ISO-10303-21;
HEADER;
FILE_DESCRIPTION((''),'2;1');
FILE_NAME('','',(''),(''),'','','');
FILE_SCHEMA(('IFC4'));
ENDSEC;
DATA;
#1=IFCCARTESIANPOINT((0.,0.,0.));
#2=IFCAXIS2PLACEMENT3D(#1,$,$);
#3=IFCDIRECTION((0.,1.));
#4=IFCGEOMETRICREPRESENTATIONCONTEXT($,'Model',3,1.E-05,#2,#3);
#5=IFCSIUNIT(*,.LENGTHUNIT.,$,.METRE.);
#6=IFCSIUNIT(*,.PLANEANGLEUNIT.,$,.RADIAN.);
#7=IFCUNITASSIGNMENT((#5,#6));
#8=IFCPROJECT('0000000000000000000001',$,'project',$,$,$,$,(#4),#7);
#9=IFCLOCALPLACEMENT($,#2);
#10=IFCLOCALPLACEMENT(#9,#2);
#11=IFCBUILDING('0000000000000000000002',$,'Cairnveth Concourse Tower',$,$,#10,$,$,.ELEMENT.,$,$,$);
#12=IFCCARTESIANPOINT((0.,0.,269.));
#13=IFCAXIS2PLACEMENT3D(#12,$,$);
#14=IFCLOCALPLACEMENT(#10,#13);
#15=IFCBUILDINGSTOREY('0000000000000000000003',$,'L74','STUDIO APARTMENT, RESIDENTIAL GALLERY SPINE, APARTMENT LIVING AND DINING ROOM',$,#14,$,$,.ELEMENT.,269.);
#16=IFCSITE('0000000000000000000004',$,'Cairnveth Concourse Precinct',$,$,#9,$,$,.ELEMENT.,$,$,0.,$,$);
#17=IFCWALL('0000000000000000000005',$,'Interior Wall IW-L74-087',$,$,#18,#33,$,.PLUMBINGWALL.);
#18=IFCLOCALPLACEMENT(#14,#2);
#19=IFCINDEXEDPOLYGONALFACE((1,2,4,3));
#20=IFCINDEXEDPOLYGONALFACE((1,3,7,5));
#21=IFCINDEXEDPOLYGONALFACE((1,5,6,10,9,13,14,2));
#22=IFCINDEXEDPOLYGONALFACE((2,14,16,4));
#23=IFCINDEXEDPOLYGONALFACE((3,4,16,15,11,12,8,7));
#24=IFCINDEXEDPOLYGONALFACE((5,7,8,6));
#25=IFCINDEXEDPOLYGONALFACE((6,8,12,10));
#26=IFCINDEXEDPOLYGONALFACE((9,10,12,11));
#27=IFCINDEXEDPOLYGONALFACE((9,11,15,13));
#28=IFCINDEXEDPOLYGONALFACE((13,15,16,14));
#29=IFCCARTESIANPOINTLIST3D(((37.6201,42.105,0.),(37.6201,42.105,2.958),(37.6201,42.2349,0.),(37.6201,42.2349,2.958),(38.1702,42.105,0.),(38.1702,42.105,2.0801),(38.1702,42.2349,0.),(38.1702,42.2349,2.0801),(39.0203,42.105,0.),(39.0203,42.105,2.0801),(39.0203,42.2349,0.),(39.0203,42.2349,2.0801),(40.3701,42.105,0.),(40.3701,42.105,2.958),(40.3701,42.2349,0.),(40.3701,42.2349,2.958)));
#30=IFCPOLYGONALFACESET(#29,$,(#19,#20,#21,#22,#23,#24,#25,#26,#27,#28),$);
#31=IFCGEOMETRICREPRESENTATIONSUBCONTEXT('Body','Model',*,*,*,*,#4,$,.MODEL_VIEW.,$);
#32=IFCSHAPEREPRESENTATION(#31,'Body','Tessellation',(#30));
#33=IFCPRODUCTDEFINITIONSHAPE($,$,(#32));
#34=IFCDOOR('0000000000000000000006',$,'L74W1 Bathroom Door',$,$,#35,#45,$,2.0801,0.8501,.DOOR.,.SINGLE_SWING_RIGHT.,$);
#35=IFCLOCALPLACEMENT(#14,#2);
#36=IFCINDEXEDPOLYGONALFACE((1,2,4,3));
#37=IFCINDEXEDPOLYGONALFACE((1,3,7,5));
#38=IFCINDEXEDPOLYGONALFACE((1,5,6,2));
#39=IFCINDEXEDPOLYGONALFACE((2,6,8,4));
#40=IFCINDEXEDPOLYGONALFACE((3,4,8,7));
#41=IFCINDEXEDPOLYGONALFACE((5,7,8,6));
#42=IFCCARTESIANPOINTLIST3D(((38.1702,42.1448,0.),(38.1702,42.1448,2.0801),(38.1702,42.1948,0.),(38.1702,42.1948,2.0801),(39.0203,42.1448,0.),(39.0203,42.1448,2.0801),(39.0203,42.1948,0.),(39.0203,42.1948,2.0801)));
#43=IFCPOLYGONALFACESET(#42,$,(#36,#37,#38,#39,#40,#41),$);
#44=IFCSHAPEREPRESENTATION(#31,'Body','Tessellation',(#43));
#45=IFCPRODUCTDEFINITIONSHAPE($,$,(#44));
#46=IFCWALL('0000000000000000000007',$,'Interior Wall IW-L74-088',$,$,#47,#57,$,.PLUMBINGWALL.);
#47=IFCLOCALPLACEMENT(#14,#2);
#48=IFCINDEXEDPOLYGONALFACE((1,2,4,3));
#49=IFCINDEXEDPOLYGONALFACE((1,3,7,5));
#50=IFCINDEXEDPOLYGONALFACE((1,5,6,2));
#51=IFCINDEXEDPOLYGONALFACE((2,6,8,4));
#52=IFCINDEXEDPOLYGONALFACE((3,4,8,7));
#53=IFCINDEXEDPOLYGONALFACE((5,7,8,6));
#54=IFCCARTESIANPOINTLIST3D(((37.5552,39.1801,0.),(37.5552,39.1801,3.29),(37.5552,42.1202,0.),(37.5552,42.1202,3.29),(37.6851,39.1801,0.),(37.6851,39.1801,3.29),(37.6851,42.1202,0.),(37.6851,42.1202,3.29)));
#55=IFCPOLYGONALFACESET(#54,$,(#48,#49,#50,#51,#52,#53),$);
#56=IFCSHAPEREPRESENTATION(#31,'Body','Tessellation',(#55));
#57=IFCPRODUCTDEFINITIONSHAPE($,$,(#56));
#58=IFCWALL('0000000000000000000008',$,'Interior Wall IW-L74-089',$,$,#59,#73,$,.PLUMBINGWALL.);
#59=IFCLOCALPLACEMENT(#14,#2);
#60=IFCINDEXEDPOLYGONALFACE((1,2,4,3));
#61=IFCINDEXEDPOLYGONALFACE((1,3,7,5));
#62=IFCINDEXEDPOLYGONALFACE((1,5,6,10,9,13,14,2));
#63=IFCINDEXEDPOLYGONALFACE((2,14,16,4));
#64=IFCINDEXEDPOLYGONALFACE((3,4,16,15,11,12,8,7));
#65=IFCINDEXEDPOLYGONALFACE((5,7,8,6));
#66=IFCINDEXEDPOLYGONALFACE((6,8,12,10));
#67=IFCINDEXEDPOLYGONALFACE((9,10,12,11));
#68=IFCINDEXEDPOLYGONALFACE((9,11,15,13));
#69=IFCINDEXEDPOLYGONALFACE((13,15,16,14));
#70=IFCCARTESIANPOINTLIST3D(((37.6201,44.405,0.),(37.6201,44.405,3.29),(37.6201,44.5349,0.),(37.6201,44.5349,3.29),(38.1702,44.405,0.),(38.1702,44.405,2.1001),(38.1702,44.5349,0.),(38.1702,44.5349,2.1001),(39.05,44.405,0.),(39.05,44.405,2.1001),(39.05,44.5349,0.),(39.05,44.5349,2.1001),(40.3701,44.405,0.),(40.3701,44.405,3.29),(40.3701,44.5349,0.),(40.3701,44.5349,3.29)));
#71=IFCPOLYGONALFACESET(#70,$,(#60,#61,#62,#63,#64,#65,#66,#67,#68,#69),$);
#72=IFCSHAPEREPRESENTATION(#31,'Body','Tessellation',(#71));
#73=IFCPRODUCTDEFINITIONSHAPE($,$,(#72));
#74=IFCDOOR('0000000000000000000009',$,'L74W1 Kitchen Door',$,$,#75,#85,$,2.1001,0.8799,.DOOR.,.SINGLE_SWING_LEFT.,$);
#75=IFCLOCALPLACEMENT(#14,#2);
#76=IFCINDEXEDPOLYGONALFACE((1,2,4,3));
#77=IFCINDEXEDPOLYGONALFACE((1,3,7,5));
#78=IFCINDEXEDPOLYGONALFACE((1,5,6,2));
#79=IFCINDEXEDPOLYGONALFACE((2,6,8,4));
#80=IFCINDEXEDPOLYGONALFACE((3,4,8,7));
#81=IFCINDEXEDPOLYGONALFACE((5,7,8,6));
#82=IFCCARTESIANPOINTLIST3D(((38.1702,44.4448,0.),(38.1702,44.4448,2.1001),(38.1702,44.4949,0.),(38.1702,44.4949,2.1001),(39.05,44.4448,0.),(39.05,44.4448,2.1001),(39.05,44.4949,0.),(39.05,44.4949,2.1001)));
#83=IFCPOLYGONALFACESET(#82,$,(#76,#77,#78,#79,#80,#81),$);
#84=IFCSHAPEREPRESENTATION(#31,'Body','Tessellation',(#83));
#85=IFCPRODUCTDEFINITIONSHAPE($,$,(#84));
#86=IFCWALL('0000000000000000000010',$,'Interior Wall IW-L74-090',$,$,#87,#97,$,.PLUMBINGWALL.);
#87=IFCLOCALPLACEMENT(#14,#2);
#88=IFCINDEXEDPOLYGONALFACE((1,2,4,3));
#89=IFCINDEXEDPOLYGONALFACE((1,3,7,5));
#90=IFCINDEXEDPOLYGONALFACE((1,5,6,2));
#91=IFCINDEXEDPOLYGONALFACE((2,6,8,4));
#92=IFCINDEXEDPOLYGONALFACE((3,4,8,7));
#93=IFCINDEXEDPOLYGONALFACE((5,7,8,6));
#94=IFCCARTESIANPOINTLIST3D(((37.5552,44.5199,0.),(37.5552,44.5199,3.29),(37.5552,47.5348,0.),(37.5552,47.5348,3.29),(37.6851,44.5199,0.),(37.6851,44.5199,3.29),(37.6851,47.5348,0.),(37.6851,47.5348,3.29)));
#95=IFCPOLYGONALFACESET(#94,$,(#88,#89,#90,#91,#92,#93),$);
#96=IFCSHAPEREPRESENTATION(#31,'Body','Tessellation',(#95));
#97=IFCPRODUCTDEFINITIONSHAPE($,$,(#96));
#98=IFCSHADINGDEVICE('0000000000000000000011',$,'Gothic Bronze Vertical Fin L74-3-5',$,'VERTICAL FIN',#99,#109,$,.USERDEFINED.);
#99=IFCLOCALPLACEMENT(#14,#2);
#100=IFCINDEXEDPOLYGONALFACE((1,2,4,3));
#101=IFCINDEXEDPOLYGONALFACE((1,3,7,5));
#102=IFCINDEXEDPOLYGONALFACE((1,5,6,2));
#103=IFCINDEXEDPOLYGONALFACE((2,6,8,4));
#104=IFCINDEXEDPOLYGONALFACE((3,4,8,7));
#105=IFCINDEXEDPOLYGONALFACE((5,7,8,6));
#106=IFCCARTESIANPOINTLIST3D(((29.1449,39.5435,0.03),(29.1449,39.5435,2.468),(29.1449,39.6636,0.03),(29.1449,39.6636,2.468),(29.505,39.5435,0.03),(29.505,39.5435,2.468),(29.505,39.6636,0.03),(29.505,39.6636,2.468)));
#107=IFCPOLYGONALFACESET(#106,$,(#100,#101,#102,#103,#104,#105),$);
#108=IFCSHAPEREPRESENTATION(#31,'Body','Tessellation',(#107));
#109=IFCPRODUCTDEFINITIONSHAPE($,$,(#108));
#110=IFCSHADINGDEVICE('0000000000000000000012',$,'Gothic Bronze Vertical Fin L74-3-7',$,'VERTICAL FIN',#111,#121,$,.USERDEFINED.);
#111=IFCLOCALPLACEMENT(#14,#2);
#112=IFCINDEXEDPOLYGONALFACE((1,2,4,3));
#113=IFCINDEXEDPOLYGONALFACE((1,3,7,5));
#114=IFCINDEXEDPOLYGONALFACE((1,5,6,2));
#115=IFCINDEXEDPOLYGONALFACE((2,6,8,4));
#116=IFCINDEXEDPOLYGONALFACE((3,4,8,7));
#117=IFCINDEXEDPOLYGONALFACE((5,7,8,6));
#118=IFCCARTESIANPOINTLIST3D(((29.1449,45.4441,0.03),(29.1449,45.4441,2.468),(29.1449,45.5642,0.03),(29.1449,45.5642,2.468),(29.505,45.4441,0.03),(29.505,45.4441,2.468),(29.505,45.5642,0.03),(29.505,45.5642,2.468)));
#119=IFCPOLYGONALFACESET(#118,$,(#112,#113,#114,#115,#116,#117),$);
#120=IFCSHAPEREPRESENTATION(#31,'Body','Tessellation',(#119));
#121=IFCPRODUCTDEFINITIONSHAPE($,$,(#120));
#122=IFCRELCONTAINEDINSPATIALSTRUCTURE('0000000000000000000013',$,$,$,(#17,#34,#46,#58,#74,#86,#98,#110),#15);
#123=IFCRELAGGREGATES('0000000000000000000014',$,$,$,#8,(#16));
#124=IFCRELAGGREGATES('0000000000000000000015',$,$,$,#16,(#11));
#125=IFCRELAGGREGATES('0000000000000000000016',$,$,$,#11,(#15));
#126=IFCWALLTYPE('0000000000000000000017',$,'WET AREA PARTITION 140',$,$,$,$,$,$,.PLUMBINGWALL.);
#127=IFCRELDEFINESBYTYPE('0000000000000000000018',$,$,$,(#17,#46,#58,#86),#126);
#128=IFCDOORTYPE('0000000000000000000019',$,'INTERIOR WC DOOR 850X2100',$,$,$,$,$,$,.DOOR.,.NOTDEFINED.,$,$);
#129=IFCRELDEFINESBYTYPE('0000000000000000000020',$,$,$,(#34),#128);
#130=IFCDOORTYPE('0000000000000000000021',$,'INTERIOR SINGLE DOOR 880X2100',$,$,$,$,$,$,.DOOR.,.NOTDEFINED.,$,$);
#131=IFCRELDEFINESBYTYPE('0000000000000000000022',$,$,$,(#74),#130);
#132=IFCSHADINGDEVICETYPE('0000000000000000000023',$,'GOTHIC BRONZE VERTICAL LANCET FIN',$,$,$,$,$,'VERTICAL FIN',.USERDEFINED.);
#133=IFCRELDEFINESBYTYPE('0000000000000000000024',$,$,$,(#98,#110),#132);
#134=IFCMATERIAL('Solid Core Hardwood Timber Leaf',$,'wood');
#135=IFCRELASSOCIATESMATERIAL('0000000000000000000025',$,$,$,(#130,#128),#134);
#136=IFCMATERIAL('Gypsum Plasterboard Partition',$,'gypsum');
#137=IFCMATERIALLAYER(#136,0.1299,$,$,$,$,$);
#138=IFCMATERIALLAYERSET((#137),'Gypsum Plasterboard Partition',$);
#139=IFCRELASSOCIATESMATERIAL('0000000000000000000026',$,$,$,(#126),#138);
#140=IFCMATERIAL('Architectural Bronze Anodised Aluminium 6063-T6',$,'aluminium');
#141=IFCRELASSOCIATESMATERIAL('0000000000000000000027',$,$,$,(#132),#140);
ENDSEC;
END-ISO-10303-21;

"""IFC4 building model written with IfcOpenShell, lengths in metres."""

from ifc_helpers import new_model, si_unit, direction, frame, frame_2d, origin, origin_2d, place, context, subcontext, project, spatial, rectangle, extrude, material, layer, layer_set, type_object, element, fill, save


model = new_model("IFC4")

# Units and contexts
model_context = context("Model", 3, precision=1e-05, world=origin(), true_north=direction((0.0, 1.0)))
body_context = subcontext(model_context, "Body", "Model", "MODEL_VIEW")
ifc_project = project(units=[si_unit("LENGTHUNIT", "METRE"), si_unit("PLANEANGLEUNIT", "RADIAN")], contexts=[model_context])

# Site, building, storey
site_placement = place(None, origin())
site = spatial("IfcSite", under=ifc_project, at=site_placement, Name="Cairnveth Concourse Precinct", CompositionType="ELEMENT", RefElevation=0.0)
building_placement = place(site_placement, origin())
building = spatial("IfcBuilding", under=site, at=building_placement, Name="Cairnveth Concourse Tower", CompositionType="ELEMENT")
storey_placement = place(building_placement, frame((0.0, 0.0, 269.0)))
storey = spatial("IfcBuildingStorey", under=building, at=storey_placement, Name="L74", Description="STUDIO APARTMENT, RESIDENTIAL GALLERY SPINE, APARTMENT LIVING AND DINING ROOM", CompositionType="ELEMENT", Elevation=269.0)

# Shared definitions
ifc_material_1 = material(Name="Architectural Bronze Anodised Aluminium 6063-T6", Category="aluminium")

# Shared definitions
ifc_material_2 = material(Name="Gypsum Plasterboard Partition", Category="gypsum")

# Wall, opening, door
ifc_material_3 = material(Name="Solid Core Hardwood Timber Leaf", Category="wood")
door_type_1 = type_object("IfcDoorType", Name="INTERIOR SINGLE DOOR 880X2100", OperationType="NOTDEFINED", PredefinedType="DOOR", material=ifc_material_3)
ifc_layer_1 = layer(ifc_material_2, 0.1299)
ifc_layer_set_1 = layer_set([ifc_layer_1], Name="Gypsum Plasterboard Partition")
wall_type_1 = type_object("IfcWallType", Name="WET AREA PARTITION 140", PredefinedType="PLUMBINGWALL", material=ifc_layer_set_1)
wall_1_placement = place(storey_placement, frame((37.6201, 42.1699, 0.0), z_axis=(0.0, 0.0, 1.0), x_axis=(1.0, 0.0, 0.0)))
wall_1 = element("IfcWall", 1, at=wall_1_placement, inside=storey, type_object=wall_type_1, Name="Interior Wall IW-L74-087", PredefinedType="PLUMBINGWALL", context=body_context, shape_type="SweptSolid", body=[
    extrude(rectangle(XDim=2.75, YDim=0.1299, at=frame_2d((1.375, 0.0))), origin(), (0.0, 0.0, 1.0), 2.958),
])
opening_1_placement = place(wall_1_placement, frame((0.55, 0.0, 0.0)))
opening_1 = element("IfcOpeningElement", 2, at=opening_1_placement, cuts=wall_1, PredefinedType="OPENING", context=body_context, shape_type="SweptSolid", body=[
    extrude(rectangle(XDim=0.8501, YDim=2.0801, at=frame_2d((0.425, 1.04))), frame((0.0, 0.075, 0.0), z_axis=(0.0, -1.0, 0.0), x_axis=(1.0, 0.0, 0.0)), (0.0, 0.0, 1.0), 0.1499),
])
door_type_2 = type_object("IfcDoorType", Name="INTERIOR WC DOOR 850X2100", OperationType="NOTDEFINED", PredefinedType="DOOR", material=ifc_material_3)
door_1_placement = place(opening_1_placement, origin())
door_1 = element("IfcDoor", 3, at=door_1_placement, inside=storey, type_object=door_type_2, Name="L74W1 Bathroom Door", OperationType="SINGLE_SWING_RIGHT", OverallHeight=2.0801, OverallWidth=0.8501, PredefinedType="DOOR", context=body_context, shape_type="SweptSolid", body=[
    extrude(rectangle(XDim=0.8501, YDim=2.0801, at=frame_2d((0.425, 1.04))), frame((0.0, 0.0249, 0.0), z_axis=(0.0, -1.0, 0.0), x_axis=(1.0, 0.0, 0.0)), (0.0, 0.0, 1.0), 0.05),
])
fill(opening_1, door_1)

# Wall
wall_2_placement = place(storey_placement, frame((37.6201, 39.1799, 0.0), z_axis=(0.0, 0.0, 1.0), x_axis=(0.0, 1.0, 0.0)))
element("IfcWall", 4, at=wall_2_placement, inside=storey, type_object=wall_type_1, Name="Interior Wall IW-L74-088", PredefinedType="PLUMBINGWALL", context=body_context, shape_type="SweptSolid", body=[
    extrude(rectangle(XDim=2.9402, YDim=0.1299, at=frame_2d((1.4702, 0.0))), origin(), (0.0, 0.0, 1.0), 3.29),
])

# Wall, opening, door
wall_3_placement = place(storey_placement, frame((37.6201, 44.47, 0.0), z_axis=(0.0, 0.0, 1.0), x_axis=(1.0, 0.0, 0.0)))
wall_3 = element("IfcWall", 5, at=wall_3_placement, inside=storey, type_object=wall_type_1, Name="Interior Wall IW-L74-089", PredefinedType="PLUMBINGWALL", context=body_context, shape_type="SweptSolid", body=[
    extrude(rectangle(XDim=2.75, YDim=0.1299, at=frame_2d((1.375, 0.0))), origin(), (0.0, 0.0, 1.0), 3.29),
])
opening_2_placement = place(wall_3_placement, frame((0.55, 0.0, 0.0)))
opening_2 = element("IfcOpeningElement", 6, at=opening_2_placement, cuts=wall_3, PredefinedType="OPENING", context=body_context, shape_type="SweptSolid", body=[
    extrude(rectangle(XDim=0.8799, YDim=2.1001, at=frame_2d((0.4399, 1.05))), frame((0.0, 0.075, 0.0), z_axis=(0.0, -1.0, 0.0), x_axis=(1.0, 0.0, 0.0)), (0.0, 0.0, 1.0), 0.1499),
])
door_2_placement = place(opening_2_placement, origin())
door_2 = element("IfcDoor", 7, at=door_2_placement, inside=storey, type_object=door_type_1, Name="L74W1 Kitchen Door", OperationType="SINGLE_SWING_LEFT", OverallHeight=2.1001, OverallWidth=0.8799, PredefinedType="DOOR", context=body_context, shape_type="SweptSolid", body=[
    extrude(rectangle(XDim=0.8799, YDim=2.1001, at=frame_2d((0.4399, 1.05))), frame((0.0, 0.0249, 0.0), z_axis=(0.0, -1.0, 0.0), x_axis=(1.0, 0.0, 0.0)), (0.0, 0.0, 1.0), 0.05),
])
fill(opening_2, door_2)

# Wall
wall_4_placement = place(storey_placement, frame((37.6201, 44.52, 0.0), z_axis=(0.0, 0.0, 1.0), x_axis=(0.0, 1.0, 0.0)))
element("IfcWall", 8, at=wall_4_placement, inside=storey, type_object=wall_type_1, Name="Interior Wall IW-L74-090", PredefinedType="PLUMBINGWALL", context=body_context, shape_type="SweptSolid", body=[
    extrude(rectangle(XDim=3.0149, YDim=0.1299, at=frame_2d((1.5073, 0.0))), origin(), (0.0, 0.0, 1.0), 3.29),
])

# Shading devices
shading_device_type = type_object("IfcShadingDeviceType", Name="GOTHIC BRONZE VERTICAL LANCET FIN", ElementType="VERTICAL FIN", PredefinedType="USERDEFINED", material=ifc_material_1)
for number, where, z_axis, x_axis, name in (
    (9, (29.325, 39.6035, 0.03), (0.0, 0.0, 1.0), (0.0, 1.0, 0.0), "Gothic Bronze Vertical Fin L74-3-5"),
    (10, (29.325, 45.5042, 0.03), (0.0, 0.0, 1.0), (0.0, 1.0, 0.0), "Gothic Bronze Vertical Fin L74-3-7"),
):
    element("IfcShadingDevice", number, at=place(storey_placement, frame(where, z_axis=z_axis, x_axis=x_axis)), inside=storey, type_object=shading_device_type, Name=name, ObjectType="VERTICAL FIN", PredefinedType="USERDEFINED", context=body_context, shape_type="SweptSolid", body=[
        extrude(rectangle(XDim=0.1201, YDim=0.3601, at=origin_2d()), origin(), (0.0, 0.0, 1.0), 2.438),
    ])

save(model, "model.ifc")
